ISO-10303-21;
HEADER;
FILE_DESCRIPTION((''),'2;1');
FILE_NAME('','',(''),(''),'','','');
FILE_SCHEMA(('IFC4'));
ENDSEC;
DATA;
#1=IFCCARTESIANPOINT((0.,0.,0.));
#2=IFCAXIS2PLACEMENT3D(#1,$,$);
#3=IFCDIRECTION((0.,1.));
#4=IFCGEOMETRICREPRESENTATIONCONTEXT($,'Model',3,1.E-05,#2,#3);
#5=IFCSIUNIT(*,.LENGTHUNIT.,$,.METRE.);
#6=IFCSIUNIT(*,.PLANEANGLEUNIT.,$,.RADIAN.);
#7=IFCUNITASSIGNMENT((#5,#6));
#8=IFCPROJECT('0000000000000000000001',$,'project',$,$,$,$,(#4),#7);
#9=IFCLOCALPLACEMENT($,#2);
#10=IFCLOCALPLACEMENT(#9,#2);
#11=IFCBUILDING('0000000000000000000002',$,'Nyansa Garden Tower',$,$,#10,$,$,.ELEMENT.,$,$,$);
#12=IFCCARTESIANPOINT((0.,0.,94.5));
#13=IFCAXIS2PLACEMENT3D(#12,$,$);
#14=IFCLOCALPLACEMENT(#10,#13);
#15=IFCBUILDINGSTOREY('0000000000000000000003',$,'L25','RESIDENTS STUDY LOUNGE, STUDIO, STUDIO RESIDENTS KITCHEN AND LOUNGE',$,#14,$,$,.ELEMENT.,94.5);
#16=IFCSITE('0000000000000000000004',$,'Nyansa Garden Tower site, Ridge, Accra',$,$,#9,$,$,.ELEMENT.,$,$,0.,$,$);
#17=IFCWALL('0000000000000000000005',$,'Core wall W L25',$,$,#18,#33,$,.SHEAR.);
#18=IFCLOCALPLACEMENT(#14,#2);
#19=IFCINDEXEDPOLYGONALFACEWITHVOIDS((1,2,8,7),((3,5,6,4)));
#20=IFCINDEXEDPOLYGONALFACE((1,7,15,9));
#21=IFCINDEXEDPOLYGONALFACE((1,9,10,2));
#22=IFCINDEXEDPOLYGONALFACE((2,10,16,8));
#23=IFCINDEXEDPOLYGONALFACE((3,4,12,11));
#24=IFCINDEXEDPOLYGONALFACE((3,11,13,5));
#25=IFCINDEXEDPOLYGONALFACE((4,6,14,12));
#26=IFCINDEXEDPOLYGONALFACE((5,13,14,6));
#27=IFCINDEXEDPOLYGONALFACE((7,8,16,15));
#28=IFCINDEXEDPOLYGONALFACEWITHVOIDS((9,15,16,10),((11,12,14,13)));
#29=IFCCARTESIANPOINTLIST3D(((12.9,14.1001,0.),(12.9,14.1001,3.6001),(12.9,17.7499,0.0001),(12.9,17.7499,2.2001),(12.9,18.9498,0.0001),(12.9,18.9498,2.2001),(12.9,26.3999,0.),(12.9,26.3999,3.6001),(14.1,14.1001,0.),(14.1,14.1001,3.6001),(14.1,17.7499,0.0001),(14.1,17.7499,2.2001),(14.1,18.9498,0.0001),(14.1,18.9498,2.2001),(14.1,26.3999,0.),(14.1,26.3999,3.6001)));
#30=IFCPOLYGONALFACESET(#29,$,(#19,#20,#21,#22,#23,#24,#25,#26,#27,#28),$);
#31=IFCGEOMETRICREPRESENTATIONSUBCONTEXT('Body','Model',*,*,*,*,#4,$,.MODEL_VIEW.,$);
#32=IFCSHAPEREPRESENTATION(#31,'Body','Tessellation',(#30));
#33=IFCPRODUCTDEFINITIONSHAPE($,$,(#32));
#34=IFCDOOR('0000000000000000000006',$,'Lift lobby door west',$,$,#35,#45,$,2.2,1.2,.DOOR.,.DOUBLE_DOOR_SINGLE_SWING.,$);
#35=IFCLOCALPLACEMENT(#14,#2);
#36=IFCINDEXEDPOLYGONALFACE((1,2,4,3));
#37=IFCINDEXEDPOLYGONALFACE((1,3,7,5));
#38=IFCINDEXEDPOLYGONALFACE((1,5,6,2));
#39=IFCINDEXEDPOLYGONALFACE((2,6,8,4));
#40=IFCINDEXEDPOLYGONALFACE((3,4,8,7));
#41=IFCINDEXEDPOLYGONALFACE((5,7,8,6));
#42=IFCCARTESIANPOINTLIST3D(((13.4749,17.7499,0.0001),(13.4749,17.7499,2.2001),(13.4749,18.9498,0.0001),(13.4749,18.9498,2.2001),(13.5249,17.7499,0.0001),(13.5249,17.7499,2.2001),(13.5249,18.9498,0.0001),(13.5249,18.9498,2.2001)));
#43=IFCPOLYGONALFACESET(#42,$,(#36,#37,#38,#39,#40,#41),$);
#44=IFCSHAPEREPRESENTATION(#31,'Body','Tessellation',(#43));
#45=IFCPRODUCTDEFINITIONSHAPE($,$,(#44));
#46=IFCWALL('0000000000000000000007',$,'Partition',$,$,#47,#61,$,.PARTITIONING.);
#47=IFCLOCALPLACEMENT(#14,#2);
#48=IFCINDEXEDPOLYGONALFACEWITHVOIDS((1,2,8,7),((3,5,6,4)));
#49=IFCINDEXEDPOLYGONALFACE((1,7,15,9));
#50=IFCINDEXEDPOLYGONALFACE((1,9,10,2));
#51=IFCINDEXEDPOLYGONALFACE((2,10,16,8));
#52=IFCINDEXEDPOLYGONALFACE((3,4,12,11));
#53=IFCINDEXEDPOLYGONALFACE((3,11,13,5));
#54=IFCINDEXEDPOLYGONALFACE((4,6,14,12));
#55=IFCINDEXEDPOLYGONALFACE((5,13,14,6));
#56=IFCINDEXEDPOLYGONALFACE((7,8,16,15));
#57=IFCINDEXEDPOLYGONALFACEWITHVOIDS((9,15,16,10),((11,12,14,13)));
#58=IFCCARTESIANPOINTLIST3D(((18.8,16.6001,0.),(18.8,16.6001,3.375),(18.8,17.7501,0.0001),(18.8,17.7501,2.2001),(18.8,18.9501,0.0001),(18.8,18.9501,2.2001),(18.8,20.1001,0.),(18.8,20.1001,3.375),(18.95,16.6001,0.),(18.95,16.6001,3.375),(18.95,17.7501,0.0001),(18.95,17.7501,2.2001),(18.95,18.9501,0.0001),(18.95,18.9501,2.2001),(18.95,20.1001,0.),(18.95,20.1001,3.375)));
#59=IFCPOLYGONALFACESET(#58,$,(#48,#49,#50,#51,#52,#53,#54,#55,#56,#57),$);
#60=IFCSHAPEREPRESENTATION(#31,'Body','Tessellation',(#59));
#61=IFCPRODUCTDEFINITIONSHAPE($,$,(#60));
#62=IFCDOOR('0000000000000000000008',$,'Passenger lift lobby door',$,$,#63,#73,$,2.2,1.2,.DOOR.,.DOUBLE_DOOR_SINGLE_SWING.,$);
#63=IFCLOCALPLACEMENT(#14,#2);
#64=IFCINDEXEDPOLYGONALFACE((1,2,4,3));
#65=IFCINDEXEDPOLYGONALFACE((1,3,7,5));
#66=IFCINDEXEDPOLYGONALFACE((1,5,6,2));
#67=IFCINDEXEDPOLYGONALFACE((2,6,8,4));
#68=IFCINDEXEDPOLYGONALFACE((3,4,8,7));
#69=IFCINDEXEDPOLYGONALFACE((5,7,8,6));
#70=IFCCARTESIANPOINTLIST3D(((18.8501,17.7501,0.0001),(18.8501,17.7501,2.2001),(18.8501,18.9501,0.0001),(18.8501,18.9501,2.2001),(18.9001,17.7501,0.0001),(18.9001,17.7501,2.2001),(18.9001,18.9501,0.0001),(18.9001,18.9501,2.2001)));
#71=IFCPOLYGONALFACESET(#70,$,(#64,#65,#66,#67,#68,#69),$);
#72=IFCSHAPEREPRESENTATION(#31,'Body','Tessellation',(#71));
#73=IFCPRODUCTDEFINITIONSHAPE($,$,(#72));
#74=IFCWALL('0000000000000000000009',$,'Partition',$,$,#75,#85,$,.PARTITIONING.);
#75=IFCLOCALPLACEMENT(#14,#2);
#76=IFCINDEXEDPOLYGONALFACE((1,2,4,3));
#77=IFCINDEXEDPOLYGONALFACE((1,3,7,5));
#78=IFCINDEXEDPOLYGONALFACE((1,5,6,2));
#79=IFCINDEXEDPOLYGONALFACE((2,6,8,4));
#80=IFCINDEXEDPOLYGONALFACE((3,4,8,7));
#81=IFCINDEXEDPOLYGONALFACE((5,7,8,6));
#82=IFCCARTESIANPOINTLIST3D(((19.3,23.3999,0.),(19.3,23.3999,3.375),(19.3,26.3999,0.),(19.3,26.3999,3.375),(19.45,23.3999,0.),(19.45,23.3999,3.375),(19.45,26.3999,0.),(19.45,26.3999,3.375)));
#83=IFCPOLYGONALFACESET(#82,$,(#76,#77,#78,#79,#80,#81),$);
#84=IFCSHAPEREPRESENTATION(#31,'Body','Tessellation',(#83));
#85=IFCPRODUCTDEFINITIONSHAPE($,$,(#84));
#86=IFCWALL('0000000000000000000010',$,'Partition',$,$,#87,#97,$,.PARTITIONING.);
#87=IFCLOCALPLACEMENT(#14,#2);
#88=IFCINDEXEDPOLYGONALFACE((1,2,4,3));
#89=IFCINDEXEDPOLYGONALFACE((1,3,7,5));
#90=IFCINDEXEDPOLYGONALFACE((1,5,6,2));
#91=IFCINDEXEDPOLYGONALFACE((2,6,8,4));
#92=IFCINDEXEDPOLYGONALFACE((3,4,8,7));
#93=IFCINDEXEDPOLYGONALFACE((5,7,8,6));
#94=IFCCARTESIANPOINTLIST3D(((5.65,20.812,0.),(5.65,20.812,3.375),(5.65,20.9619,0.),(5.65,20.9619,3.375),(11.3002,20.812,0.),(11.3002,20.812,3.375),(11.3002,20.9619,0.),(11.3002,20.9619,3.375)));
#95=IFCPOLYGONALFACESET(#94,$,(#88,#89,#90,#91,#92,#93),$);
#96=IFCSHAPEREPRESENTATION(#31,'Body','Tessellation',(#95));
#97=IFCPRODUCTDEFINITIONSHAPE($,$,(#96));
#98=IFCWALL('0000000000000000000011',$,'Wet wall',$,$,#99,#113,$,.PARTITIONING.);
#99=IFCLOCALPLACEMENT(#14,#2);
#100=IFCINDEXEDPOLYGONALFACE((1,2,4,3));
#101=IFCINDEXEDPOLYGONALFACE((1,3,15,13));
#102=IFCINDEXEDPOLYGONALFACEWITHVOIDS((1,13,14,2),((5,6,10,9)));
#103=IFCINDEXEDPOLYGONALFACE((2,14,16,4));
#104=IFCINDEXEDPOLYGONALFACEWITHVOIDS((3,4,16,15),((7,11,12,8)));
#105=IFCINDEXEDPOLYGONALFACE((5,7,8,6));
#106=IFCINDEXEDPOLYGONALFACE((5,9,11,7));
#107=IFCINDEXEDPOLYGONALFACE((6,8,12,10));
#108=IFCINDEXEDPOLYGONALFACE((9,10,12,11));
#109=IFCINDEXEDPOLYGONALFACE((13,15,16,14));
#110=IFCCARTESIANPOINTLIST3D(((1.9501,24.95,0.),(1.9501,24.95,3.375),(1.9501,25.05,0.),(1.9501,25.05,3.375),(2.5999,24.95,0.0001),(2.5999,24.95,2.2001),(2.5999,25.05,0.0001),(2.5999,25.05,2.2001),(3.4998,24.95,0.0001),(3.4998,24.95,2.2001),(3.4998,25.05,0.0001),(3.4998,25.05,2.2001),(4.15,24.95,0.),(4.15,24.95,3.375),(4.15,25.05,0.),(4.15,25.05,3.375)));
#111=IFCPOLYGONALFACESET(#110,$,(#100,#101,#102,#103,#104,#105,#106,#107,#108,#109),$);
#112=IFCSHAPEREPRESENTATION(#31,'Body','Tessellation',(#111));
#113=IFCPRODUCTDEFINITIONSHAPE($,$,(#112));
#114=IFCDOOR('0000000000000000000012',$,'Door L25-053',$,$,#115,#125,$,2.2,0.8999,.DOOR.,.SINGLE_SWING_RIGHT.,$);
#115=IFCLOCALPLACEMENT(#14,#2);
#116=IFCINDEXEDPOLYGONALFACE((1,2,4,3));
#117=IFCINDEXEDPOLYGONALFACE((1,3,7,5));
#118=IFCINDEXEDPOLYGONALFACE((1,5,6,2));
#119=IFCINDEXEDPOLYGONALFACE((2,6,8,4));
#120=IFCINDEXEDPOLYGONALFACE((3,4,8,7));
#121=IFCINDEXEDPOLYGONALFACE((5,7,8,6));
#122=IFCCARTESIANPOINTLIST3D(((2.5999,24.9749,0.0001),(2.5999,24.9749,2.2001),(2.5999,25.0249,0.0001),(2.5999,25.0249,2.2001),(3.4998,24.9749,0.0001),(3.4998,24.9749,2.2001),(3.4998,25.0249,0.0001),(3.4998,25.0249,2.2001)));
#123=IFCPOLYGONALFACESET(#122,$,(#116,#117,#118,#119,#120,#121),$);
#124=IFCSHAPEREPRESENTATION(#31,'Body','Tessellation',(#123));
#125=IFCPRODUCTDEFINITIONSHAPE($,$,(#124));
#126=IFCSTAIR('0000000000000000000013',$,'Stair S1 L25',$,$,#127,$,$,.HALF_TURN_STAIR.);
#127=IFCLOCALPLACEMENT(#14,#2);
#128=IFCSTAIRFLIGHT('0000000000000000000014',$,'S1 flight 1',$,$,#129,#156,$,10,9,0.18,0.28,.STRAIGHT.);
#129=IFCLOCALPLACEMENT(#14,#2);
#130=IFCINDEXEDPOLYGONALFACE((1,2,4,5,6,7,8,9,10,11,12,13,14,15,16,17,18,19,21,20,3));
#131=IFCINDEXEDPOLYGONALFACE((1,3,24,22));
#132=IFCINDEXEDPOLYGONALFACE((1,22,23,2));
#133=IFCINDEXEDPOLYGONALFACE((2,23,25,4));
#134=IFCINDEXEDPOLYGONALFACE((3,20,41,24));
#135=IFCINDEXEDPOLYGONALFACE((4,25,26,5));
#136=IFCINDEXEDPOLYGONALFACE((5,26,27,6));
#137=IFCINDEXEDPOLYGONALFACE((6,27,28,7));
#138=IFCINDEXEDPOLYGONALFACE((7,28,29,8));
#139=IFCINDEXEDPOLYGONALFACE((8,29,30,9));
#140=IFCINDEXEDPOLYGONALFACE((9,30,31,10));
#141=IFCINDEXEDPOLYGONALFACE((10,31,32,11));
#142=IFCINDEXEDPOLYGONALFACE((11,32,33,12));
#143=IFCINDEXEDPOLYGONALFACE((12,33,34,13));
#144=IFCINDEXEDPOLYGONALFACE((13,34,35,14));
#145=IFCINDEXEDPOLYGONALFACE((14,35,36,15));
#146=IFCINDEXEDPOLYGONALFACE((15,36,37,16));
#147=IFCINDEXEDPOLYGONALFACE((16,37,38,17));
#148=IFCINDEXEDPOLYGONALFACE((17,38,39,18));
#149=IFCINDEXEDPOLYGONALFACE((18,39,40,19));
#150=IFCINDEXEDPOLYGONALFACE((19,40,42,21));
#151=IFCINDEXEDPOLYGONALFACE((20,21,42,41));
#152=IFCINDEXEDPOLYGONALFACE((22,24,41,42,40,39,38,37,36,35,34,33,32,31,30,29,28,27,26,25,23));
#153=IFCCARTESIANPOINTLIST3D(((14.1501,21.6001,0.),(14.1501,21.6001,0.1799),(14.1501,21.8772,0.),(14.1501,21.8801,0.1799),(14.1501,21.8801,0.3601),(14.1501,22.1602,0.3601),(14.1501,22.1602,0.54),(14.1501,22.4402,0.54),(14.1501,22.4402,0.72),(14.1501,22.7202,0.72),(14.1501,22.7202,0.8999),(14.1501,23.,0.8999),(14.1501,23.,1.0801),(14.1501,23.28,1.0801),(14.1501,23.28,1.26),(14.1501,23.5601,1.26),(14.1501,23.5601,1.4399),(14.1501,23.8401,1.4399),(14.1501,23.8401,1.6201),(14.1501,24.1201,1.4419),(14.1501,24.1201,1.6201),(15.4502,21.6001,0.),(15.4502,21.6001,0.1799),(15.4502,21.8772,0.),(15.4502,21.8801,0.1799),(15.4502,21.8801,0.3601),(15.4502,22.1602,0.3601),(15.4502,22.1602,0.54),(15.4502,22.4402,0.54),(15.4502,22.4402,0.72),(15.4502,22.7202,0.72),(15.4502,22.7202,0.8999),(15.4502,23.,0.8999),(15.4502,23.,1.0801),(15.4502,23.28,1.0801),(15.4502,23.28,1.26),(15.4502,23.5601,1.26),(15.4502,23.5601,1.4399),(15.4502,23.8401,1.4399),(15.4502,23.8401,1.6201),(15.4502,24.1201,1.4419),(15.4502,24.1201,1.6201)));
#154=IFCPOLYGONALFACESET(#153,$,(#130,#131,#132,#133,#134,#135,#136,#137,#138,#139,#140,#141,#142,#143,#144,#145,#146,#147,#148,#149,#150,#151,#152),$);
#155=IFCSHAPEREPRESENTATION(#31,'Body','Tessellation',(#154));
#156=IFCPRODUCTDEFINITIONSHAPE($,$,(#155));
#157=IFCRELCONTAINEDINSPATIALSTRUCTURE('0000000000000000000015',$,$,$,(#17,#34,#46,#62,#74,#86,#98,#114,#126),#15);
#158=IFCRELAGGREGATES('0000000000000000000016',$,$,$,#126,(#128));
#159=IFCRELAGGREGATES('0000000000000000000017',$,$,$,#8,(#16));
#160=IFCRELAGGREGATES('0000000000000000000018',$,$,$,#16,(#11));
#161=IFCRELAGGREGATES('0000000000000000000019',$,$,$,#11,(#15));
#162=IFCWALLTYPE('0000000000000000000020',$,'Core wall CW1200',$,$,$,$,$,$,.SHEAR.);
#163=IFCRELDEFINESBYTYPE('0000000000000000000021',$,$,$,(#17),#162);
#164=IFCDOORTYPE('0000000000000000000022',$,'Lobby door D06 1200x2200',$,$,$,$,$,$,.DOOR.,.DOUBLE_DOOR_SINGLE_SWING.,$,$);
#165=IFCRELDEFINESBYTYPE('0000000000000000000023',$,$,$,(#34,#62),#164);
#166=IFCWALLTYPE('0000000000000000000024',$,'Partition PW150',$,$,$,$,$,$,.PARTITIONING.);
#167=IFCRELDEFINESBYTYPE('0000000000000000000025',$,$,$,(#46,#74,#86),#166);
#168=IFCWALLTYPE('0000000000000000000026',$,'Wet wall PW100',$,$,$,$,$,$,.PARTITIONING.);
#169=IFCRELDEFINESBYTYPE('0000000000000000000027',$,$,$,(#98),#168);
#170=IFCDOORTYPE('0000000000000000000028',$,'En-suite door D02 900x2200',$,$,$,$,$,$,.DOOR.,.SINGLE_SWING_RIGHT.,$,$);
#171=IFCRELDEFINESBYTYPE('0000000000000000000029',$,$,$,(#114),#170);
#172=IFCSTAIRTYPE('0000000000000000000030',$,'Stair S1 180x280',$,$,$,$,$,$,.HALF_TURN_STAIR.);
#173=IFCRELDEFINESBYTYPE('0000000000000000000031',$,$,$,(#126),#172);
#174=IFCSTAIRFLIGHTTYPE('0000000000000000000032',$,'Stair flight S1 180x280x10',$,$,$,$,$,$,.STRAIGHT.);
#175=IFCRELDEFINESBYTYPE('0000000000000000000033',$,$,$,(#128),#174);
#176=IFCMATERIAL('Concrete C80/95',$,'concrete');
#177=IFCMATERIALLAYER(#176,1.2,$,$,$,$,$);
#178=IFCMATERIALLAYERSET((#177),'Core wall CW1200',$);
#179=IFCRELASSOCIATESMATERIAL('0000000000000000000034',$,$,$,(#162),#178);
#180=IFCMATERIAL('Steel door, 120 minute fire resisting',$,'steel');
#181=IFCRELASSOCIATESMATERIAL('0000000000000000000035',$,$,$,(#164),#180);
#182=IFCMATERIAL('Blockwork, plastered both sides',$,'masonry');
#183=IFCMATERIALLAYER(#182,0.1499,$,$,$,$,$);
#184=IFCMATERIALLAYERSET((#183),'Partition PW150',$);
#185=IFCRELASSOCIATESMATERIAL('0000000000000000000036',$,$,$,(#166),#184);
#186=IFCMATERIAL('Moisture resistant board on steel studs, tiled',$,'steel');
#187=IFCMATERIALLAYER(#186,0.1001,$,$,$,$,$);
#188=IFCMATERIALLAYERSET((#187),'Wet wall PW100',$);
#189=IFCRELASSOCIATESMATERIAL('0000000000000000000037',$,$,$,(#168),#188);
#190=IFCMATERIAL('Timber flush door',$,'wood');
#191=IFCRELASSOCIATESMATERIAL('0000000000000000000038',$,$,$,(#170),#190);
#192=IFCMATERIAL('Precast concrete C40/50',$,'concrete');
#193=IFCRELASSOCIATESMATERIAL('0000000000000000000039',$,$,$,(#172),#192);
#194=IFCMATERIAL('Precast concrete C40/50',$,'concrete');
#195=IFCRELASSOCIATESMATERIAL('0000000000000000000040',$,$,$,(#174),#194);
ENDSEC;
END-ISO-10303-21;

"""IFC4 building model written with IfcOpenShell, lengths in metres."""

from ifc_helpers import new_model, si_unit, direction, frame, frame_2d, origin, place, context, subcontext, project, spatial, polyline, rectangle, outline, extrude, material, layer, layer_set, type_object, element, fill, aggregate, save


model = new_model("IFC4")

# Units and contexts
model_context = context("Model", 3, precision=1e-05, world=origin(), true_north=direction((0.0, 1.0)))
body_context = subcontext(model_context, "Body", "Model", "MODEL_VIEW")
ifc_project = project(units=[si_unit("LENGTHUNIT", "METRE"), si_unit("PLANEANGLEUNIT", "RADIAN")], contexts=[model_context])

# Site, building, storey
site_placement = place(None, origin())
site = spatial("IfcSite", under=ifc_project, at=site_placement, Name="Nyansa Garden Tower site, Ridge, Accra", CompositionType="ELEMENT", RefElevation=0.0)
building_placement = place(site_placement, origin())
building = spatial("IfcBuilding", under=site, at=building_placement, Name="Nyansa Garden Tower", CompositionType="ELEMENT")
storey_placement = place(building_placement, frame((0.0, 0.0, 94.5)))
storey = spatial("IfcBuildingStorey", under=building, at=storey_placement, Name="L25", Description="RESIDENTS STUDY LOUNGE, STUDIO, STUDIO RESIDENTS KITCHEN AND LOUNGE", CompositionType="ELEMENT", Elevation=94.5)

# Walls, openings, doors
ifc_material_1 = material(Name="Concrete C80/95", Category="concrete")
ifc_layer_1 = layer(ifc_material_1, 1.2)
ifc_layer_set_1 = layer_set([ifc_layer_1], Name="Core wall CW1200")
wall_type_1 = type_object("IfcWallType", Name="Core wall CW1200", PredefinedType="SHEAR", material=ifc_layer_set_1)
wall_1_placement = place(storey_placement, frame((13.5, 26.3999, 0.0), z_axis=(0.0, 0.0, 1.0), x_axis=(0.0, -1.0, 0.0)))
wall_1 = element("IfcWall", 1, at=wall_1_placement, inside=storey, type_object=wall_type_1, Name="Core wall W L25", PredefinedType="SHEAR", context=body_context, shape_type="SweptSolid", body=[
    extrude(rectangle(XDim=12.2998, YDim=1.2, at=frame_2d((6.1499, 0.0))), origin(), (0.0, 0.0, 1.0), 3.6001),
])
opening_1_placement = place(wall_1_placement, frame((7.45, 0.0, 0.0)))
opening_1 = element("IfcOpeningElement", 2, at=opening_1_placement, cuts=wall_1, PredefinedType="OPENING", context=body_context, shape_type="SweptSolid", body=[
    extrude(rectangle(XDim=1.2, YDim=2.2, at=frame_2d((0.6001, 1.1001))), frame((0.0, 0.6099, 0.0), z_axis=(0.0, -1.0, 0.0), x_axis=(1.0, 0.0, 0.0)), (0.0, 0.0, 1.0), 1.22),
])
ifc_material_2 = material(Name="Steel door, 120 minute fire resisting", Category="steel")
door_type_1 = type_object("IfcDoorType", Name="Lobby door D06 1200x2200", OperationType="DOUBLE_DOOR_SINGLE_SWING", PredefinedType="DOOR", material=ifc_material_2)
door_1_placement = place(opening_1_placement, origin())
door_1 = element("IfcDoor", 3, at=door_1_placement, inside=storey, type_object=door_type_1, Name="Lift lobby door west", OperationType="DOUBLE_DOOR_SINGLE_SWING", OverallHeight=2.2, OverallWidth=1.2, PredefinedType="DOOR", context=body_context, shape_type="SweptSolid", body=[
    extrude(rectangle(XDim=1.2, YDim=2.2, at=frame_2d((0.6001, 1.1001))), frame((0.0, 0.0249, 0.0), z_axis=(0.0, -1.0, 0.0), x_axis=(1.0, 0.0, 0.0)), (0.0, 0.0, 1.0), 0.05),
])
fill(opening_1, door_1)
ifc_material_3 = material(Name="Blockwork, plastered both sides", Category="masonry")
ifc_layer_2 = layer(ifc_material_3, 0.1499)
ifc_layer_set_2 = layer_set([ifc_layer_2], Name="Partition PW150")
wall_type_2 = type_object("IfcWallType", Name="Partition PW150", PredefinedType="PARTITIONING", material=ifc_layer_set_2)
wall_2_placement = place(storey_placement, frame((18.875, 16.6001, 0.0), z_axis=(0.0, 0.0, 1.0), x_axis=(0.0, 1.0, 0.0)))
wall_2 = element("IfcWall", 4, at=wall_2_placement, inside=storey, type_object=wall_type_2, Name="Partition", PredefinedType="PARTITIONING", context=body_context, shape_type="SweptSolid", body=[
    extrude(rectangle(XDim=3.5, YDim=0.1499, at=frame_2d((1.75, 0.0))), origin(), (0.0, 0.0, 1.0), 3.375),
])
opening_2_placement = place(wall_2_placement, frame((1.1499, 0.0, 0.0)))
opening_2 = element("IfcOpeningElement", 5, at=opening_2_placement, cuts=wall_2, PredefinedType="OPENING", context=body_context, shape_type="SweptSolid", body=[
    extrude(rectangle(XDim=1.2, YDim=2.2, at=frame_2d((0.6001, 1.1001))), frame((0.0, 0.085, 0.0), z_axis=(0.0, -1.0, 0.0), x_axis=(1.0, 0.0, 0.0)), (0.0, 0.0, 1.0), 0.1699),
])
door_2_placement = place(opening_2_placement, origin())
door_2 = element("IfcDoor", 6, at=door_2_placement, inside=storey, type_object=door_type_1, Name="Passenger lift lobby door", OperationType="DOUBLE_DOOR_SINGLE_SWING", OverallHeight=2.2, OverallWidth=1.2, PredefinedType="DOOR", context=body_context, shape_type="SweptSolid", body=[
    extrude(rectangle(XDim=1.2, YDim=2.2, at=frame_2d((0.6001, 1.1001))), frame((0.0, 0.0249, 0.0), z_axis=(0.0, -1.0, 0.0), x_axis=(1.0, 0.0, 0.0)), (0.0, 0.0, 1.0), 0.05),
])
fill(opening_2, door_2)

# Walls
wall_3_placement = place(storey_placement, frame((19.375, 23.3999, 0.0), z_axis=(0.0, 0.0, 1.0), x_axis=(0.0, 1.0, 0.0)))
element("IfcWall", 7, at=wall_3_placement, inside=storey, type_object=wall_type_2, Name="Partition", PredefinedType="PARTITIONING", context=body_context, shape_type="SweptSolid", body=[
    extrude(rectangle(XDim=3.0, YDim=0.1499, at=frame_2d((1.5, 0.0))), origin(), (0.0, 0.0, 1.0), 3.375),
])
wall_4_placement = place(storey_placement, frame((5.6499, 20.887, 0.0), z_axis=(0.0, 0.0, 1.0), x_axis=(1.0, 0.0, 0.0)))
element("IfcWall", 8, at=wall_4_placement, inside=storey, type_object=wall_type_2, Name="Partition", PredefinedType="PARTITIONING", context=body_context, shape_type="SweptSolid", body=[
    extrude(rectangle(XDim=5.6501, YDim=0.1499, at=frame_2d((2.8252, 0.0))), origin(), (0.0, 0.0, 1.0), 3.375),
])

# Wall, opening, door
ifc_material_4 = material(Name="Moisture resistant board on steel studs, tiled", Category="steel")
ifc_layer_3 = layer(ifc_material_4, 0.1001)
ifc_layer_set_3 = layer_set([ifc_layer_3], Name="Wet wall PW100")
wall_type_3 = type_object("IfcWallType", Name="Wet wall PW100", PredefinedType="PARTITIONING", material=ifc_layer_set_3)
wall_5_placement = place(storey_placement, frame((1.95, 25.0, 0.0), z_axis=(0.0, 0.0, 1.0), x_axis=(1.0, 0.0, 0.0)))
wall_5 = element("IfcWall", 9, at=wall_5_placement, inside=storey, type_object=wall_type_3, Name="Wet wall", PredefinedType="PARTITIONING", context=body_context, shape_type="SweptSolid", body=[
    extrude(rectangle(XDim=2.2, YDim=0.1001, at=frame_2d((1.1001, 0.0))), origin(), (0.0, 0.0, 1.0), 3.375),
])
opening_3_placement = place(wall_5_placement, frame((0.6499, 0.0, 0.0)))
opening_3 = element("IfcOpeningElement", 10, at=opening_3_placement, cuts=wall_5, PredefinedType="OPENING", context=body_context, shape_type="SweptSolid", body=[
    extrude(rectangle(XDim=0.8999, YDim=2.2, at=frame_2d((0.45, 1.1001))), frame((0.0, 0.0601, 0.0), z_axis=(0.0, -1.0, 0.0), x_axis=(1.0, 0.0, 0.0)), (0.0, 0.0, 1.0), 0.1201),
])
ifc_material_5 = material(Name="Timber flush door", Category="wood")
door_type_2 = type_object("IfcDoorType", Name="En-suite door D02 900x2200", OperationType="SINGLE_SWING_RIGHT", PredefinedType="DOOR", material=ifc_material_5)
door_3_placement = place(opening_3_placement, origin())
door_3 = element("IfcDoor", 11, at=door_3_placement, inside=storey, type_object=door_type_2, Name="Door L25-053", OperationType="SINGLE_SWING_RIGHT", OverallHeight=2.2, OverallWidth=0.8999, PredefinedType="DOOR", context=body_context, shape_type="SweptSolid", body=[
    extrude(rectangle(XDim=0.8999, YDim=2.2, at=frame_2d((0.45, 1.1001))), frame((0.0, 0.0249, 0.0), z_axis=(0.0, -1.0, 0.0), x_axis=(1.0, 0.0, 0.0)), (0.0, 0.0, 1.0), 0.05),
])
fill(opening_3, door_3)

# Stair, stair flight
ifc_material_6 = material(Name="Precast concrete C40/50", Category="concrete")
stair_type = type_object("IfcStairType", Name="Stair S1 180x280", PredefinedType="HALF_TURN_STAIR", material=ifc_material_6)
stair_placement = place(storey_placement, origin())
stair = element("IfcStair", 12, at=stair_placement, inside=storey, type_object=stair_type, Name="Stair S1 L25", PredefinedType="HALF_TURN_STAIR")
ifc_material_7 = material(Name="Precast concrete C40/50", Category="concrete")
stair_flight_type = type_object("IfcStairFlightType", Name="Stair flight S1 180x280x10", PredefinedType="STRAIGHT", material=ifc_material_7)
stair_flight_1_placement = place(storey_placement, frame((14.8, 21.6001, 0.0), z_axis=(0.0, 0.0, 1.0), x_axis=(0.0, 1.0, 0.0)))
stair_flight_1 = element("IfcStairFlight", 13, at=stair_flight_1_placement, type_object=stair_flight_type, Name="S1 flight 1", NumberOfRisers=10, NumberOfTreads=9, PredefinedType="STRAIGHT", RiserHeight=0.18, TreadLength=0.28, context=body_context, shape_type="SweptSolid", body=[
    extrude(outline(polyline([(0.0, 0.0), (0.0, 0.1799), (0.28, 0.1799), (0.28, 0.3601), (0.5601, 0.3601), (0.5601, 0.54), (0.8401, 0.54), (0.8401, 0.72), (1.1201, 0.72), (1.1201, 0.8999), (1.3999, 0.8999), (1.3999, 1.0801), (1.6799, 1.0801), (1.6799, 1.26), (1.96, 1.26), (1.96, 1.4399), (2.24, 1.4399), (2.24, 1.6201), (2.52, 1.6201), (2.52, 1.8), (2.52, 1.4419), (0.2771, 0.0), (0.0, 0.0)])), frame((0.0, 0.6499, 0.0), z_axis=(0.0, -1.0, 0.0), x_axis=(1.0, 0.0, 0.0)), (0.0, 0.0, 1.0), 1.3),
])
aggregate(stair, [stair_flight_1])

save(model, "model.ifc")
